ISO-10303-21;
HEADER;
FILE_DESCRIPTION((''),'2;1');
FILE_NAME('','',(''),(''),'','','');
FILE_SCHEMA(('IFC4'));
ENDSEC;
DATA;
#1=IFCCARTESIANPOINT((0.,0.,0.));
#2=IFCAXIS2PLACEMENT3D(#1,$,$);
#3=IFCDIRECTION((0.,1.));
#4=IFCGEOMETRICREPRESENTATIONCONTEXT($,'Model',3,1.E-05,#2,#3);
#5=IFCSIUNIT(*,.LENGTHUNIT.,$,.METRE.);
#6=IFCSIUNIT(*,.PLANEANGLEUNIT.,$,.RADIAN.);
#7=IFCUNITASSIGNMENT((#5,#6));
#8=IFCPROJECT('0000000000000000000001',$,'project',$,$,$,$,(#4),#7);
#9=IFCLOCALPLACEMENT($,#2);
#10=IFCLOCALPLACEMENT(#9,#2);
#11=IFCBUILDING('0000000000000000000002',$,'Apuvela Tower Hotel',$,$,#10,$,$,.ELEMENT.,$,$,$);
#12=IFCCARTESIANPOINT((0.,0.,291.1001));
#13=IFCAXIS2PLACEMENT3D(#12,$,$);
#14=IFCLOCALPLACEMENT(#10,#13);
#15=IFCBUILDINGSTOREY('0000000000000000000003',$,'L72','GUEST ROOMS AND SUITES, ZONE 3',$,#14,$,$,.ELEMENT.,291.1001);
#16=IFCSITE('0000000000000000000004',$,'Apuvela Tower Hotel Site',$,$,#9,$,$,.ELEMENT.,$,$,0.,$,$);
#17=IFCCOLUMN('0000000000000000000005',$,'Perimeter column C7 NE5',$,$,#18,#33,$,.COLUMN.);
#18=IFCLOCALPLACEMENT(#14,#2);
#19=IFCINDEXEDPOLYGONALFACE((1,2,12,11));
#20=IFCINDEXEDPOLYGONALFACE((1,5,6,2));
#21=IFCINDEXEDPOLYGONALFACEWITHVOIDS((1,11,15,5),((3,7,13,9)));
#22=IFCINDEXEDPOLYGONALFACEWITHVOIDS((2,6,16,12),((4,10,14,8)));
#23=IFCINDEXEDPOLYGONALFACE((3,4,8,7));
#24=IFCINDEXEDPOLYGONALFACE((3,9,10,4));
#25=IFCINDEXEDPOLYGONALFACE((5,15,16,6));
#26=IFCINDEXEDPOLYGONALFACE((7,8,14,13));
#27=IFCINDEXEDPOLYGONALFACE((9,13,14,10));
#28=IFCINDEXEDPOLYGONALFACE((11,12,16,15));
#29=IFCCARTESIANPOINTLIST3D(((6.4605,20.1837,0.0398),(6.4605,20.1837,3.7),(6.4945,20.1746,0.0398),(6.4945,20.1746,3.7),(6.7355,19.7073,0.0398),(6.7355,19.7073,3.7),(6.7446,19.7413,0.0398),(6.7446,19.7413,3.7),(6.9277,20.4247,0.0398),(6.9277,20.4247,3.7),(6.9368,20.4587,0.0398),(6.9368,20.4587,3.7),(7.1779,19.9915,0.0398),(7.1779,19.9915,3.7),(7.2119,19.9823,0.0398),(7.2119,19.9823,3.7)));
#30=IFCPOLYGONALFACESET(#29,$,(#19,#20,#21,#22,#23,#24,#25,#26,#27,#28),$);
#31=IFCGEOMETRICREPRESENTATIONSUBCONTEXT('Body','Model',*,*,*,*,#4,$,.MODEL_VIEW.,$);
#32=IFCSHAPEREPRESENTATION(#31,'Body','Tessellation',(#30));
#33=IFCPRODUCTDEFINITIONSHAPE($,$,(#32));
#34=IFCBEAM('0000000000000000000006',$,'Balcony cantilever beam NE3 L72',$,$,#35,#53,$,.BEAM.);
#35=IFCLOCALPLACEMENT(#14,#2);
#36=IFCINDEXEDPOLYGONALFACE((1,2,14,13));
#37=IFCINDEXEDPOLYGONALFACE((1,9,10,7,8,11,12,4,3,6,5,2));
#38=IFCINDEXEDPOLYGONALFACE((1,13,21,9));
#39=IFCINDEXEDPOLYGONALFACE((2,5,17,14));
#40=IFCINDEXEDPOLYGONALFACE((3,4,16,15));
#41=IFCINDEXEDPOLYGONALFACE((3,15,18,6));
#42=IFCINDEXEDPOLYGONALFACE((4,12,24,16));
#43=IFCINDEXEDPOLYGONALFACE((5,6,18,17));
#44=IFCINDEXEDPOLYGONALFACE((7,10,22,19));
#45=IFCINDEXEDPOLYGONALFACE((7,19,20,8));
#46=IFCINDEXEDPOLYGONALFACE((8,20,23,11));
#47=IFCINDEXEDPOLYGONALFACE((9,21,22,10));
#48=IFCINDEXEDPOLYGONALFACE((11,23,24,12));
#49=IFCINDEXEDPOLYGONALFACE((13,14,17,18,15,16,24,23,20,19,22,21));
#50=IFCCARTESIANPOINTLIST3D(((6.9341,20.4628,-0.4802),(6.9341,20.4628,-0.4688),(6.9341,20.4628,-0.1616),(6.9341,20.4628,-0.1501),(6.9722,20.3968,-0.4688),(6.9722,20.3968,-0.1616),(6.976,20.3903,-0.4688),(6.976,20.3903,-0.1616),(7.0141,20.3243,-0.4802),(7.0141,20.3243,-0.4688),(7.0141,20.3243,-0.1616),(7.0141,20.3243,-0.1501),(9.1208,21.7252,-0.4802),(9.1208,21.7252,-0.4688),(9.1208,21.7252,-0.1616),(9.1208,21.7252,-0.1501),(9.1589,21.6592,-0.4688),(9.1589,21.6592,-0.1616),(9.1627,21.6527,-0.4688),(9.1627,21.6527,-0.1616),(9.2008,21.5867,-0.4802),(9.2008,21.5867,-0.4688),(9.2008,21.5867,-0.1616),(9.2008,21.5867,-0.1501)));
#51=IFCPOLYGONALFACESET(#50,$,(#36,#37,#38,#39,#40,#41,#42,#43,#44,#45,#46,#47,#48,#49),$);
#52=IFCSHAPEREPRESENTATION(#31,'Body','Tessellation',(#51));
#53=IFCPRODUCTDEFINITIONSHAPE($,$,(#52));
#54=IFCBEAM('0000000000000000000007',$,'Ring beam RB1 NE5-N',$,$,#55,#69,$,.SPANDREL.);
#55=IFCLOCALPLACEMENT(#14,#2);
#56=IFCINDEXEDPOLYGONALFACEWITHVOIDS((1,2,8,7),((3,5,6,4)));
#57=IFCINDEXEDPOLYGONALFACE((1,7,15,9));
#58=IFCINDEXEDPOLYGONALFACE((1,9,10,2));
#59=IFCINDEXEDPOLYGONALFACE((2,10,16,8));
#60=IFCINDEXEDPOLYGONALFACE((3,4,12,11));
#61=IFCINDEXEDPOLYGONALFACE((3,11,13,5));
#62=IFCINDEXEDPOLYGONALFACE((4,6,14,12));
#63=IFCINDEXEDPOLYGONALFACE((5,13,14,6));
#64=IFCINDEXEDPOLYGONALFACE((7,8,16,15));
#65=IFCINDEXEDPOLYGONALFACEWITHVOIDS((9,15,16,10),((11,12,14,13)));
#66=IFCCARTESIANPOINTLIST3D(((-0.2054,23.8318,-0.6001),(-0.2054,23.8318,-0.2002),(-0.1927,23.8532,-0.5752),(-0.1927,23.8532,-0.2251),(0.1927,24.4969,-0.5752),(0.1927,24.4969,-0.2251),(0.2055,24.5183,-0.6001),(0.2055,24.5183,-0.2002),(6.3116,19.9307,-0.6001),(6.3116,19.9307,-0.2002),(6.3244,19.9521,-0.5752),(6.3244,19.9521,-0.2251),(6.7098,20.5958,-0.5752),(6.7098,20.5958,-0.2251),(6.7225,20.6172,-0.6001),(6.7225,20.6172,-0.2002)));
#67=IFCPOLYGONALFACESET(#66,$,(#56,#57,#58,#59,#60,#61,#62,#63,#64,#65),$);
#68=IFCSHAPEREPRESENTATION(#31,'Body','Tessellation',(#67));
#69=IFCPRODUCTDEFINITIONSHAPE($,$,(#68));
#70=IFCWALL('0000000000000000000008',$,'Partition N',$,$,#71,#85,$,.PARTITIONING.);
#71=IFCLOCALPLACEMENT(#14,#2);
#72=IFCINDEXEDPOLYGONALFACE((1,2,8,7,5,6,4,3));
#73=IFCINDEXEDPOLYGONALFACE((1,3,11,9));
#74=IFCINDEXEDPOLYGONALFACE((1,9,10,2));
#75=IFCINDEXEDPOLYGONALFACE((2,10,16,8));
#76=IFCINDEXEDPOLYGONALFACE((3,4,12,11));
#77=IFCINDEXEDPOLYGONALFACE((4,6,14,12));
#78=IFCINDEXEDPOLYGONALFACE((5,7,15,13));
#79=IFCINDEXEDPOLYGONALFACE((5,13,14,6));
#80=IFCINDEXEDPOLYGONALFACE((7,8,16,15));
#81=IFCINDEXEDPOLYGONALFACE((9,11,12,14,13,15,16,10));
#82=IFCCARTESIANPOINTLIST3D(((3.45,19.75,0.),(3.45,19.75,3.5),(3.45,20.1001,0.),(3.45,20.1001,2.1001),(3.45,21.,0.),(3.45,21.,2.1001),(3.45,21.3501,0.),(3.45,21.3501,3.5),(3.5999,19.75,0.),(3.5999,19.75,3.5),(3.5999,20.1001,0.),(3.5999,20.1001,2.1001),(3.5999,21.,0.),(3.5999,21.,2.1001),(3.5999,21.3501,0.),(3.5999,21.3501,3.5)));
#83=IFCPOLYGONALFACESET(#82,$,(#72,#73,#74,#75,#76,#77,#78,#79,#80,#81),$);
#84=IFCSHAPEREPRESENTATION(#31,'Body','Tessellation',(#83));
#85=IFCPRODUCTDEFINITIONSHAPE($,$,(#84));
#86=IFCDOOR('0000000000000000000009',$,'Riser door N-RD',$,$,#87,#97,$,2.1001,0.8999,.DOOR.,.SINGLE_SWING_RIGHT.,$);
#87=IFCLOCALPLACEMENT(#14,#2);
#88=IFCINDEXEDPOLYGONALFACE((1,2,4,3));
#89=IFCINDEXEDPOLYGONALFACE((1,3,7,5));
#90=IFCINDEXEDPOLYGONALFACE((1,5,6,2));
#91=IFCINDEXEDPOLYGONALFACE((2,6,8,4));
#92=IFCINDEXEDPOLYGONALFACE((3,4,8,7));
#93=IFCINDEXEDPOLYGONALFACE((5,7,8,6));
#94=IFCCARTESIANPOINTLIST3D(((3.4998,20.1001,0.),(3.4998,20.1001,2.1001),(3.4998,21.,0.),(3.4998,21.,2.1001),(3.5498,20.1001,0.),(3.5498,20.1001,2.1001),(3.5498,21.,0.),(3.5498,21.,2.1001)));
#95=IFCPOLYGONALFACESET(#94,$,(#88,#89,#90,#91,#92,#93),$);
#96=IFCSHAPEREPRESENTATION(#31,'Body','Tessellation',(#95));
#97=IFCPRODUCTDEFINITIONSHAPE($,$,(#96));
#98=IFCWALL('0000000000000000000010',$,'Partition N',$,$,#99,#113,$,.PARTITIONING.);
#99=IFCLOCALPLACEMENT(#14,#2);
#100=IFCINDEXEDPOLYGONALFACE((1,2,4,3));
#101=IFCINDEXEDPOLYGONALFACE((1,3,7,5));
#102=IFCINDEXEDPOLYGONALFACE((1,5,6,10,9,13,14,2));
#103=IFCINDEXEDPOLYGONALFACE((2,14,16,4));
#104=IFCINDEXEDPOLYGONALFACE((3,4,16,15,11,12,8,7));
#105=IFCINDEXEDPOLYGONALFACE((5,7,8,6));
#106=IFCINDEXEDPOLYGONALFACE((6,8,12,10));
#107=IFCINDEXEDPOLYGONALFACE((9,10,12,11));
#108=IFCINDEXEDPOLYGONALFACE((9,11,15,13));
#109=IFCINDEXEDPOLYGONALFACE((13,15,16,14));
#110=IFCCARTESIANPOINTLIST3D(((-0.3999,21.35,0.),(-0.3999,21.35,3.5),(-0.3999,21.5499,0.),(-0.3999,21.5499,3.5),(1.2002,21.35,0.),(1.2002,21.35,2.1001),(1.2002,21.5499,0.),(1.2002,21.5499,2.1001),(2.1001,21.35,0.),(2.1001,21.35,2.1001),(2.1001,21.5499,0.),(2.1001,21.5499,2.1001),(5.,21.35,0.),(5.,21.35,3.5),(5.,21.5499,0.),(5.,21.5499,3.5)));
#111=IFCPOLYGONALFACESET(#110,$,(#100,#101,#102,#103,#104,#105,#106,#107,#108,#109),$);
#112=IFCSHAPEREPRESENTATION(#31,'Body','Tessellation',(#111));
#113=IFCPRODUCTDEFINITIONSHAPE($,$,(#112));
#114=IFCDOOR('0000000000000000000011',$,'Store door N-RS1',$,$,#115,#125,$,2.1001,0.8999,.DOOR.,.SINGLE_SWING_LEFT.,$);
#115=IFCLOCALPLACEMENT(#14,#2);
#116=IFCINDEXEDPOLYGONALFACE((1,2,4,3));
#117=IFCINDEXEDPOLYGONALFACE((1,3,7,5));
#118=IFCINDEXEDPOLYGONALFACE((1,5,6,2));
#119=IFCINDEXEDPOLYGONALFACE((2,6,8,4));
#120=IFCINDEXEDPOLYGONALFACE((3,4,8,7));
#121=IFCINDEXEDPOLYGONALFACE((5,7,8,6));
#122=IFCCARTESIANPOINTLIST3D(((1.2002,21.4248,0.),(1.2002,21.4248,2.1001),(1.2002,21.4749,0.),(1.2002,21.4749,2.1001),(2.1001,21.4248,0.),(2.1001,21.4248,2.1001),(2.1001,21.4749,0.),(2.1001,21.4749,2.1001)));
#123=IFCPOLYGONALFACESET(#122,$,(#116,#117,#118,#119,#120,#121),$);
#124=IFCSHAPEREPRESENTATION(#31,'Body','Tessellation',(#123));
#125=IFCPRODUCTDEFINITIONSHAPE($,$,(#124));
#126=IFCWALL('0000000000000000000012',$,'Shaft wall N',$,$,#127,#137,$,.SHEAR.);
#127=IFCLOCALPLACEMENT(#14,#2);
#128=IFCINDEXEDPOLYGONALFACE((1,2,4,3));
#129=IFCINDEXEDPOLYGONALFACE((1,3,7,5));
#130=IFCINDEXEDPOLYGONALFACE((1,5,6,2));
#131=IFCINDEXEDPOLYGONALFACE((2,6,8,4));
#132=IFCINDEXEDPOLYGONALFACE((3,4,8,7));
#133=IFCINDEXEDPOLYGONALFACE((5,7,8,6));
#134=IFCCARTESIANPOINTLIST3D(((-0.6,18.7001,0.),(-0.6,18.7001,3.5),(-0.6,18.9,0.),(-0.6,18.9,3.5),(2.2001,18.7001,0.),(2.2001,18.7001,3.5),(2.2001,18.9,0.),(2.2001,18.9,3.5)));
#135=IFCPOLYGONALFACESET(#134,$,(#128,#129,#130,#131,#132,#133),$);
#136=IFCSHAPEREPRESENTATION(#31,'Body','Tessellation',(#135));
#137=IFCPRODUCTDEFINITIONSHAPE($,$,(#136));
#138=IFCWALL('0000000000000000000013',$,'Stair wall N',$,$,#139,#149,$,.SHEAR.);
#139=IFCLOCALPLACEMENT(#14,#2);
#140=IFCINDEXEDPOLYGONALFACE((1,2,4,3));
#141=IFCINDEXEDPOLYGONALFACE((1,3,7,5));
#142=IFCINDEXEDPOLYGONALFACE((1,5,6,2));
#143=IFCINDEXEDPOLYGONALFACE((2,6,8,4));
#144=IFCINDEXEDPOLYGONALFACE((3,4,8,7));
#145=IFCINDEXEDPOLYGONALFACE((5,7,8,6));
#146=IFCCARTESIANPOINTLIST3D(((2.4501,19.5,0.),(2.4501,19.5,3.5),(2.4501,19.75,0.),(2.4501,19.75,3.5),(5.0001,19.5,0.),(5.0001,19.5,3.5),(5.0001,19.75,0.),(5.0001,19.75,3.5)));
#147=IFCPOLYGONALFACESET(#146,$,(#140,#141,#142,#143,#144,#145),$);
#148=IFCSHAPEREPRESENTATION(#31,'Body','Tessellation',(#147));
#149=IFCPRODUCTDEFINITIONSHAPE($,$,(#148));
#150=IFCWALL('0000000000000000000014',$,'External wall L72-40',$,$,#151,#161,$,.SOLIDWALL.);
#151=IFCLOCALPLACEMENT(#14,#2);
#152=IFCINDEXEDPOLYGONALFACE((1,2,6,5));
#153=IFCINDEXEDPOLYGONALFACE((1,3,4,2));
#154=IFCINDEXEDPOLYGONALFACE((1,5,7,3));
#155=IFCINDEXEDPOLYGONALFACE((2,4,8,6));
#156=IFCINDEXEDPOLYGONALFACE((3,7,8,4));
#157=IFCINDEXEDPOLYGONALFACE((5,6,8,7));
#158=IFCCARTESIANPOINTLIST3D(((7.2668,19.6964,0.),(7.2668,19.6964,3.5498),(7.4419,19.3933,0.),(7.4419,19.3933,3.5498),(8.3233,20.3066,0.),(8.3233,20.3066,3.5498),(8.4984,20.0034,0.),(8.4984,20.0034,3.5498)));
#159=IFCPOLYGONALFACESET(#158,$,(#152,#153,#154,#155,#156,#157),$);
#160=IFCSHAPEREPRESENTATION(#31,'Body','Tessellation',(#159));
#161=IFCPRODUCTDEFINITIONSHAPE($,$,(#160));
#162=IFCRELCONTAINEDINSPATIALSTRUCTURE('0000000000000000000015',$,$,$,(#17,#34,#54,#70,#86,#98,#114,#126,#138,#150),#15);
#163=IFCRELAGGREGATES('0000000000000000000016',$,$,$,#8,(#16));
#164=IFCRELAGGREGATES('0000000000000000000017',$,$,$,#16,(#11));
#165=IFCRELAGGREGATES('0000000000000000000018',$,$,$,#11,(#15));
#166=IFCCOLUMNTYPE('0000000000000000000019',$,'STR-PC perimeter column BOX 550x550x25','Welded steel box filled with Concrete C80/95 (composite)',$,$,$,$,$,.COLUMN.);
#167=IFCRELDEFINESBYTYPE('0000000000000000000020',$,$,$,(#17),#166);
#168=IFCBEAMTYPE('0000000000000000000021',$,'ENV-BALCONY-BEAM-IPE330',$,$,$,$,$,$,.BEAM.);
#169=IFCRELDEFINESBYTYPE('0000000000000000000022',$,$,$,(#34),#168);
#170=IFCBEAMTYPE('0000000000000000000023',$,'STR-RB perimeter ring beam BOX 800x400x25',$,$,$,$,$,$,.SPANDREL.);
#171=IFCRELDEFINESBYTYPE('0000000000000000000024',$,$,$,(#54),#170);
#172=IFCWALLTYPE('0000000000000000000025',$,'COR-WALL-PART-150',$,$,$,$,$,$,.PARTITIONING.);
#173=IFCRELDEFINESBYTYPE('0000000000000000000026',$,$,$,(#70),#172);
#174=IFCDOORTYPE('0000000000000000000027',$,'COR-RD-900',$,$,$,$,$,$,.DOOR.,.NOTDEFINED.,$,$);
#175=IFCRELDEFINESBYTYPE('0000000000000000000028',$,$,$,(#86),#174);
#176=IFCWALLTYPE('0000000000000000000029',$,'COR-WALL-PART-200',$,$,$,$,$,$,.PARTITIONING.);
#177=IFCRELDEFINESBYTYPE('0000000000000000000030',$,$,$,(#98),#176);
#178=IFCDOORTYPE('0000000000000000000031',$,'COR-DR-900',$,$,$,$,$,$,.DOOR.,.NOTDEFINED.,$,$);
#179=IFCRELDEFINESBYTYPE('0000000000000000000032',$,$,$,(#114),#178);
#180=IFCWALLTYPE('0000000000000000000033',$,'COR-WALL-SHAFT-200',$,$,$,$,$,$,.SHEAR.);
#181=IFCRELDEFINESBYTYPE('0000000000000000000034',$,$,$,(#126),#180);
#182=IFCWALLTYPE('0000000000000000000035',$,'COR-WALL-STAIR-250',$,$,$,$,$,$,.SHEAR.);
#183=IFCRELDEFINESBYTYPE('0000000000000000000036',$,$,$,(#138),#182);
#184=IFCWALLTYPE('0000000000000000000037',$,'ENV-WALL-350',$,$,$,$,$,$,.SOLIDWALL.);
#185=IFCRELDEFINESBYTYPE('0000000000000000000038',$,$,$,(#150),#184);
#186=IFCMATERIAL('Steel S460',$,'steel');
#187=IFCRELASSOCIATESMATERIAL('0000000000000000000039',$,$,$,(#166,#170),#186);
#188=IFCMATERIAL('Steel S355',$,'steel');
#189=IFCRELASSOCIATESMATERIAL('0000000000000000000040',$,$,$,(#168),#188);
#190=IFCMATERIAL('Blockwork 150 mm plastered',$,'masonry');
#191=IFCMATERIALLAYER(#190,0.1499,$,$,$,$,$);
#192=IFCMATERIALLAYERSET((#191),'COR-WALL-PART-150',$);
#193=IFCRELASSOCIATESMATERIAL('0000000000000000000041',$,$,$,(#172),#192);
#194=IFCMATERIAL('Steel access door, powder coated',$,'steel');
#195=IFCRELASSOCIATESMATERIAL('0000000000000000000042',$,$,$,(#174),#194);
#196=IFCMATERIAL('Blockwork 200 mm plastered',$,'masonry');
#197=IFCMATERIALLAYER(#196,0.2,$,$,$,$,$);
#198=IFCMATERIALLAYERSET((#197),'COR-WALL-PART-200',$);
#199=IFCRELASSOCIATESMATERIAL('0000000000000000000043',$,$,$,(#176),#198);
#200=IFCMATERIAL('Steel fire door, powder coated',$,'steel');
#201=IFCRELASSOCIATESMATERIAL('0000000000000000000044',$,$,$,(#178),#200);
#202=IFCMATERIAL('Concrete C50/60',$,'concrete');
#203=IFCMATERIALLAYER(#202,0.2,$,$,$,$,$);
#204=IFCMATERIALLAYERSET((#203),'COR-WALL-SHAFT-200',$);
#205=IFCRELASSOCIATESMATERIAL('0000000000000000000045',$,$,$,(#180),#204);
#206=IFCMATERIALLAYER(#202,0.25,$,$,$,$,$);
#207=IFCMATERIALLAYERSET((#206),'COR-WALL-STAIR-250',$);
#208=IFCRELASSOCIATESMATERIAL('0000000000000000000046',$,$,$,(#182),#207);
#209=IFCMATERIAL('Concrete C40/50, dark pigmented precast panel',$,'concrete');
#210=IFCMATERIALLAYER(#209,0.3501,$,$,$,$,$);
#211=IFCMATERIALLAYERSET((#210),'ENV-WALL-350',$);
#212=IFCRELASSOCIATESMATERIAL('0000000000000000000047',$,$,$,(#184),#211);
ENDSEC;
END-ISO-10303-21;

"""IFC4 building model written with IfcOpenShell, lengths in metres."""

from ifc_helpers import new_model, si_unit, direction, frame, frame_2d, origin, origin_2d, place, context, subcontext, project, spatial, rectangle, hollow_rectangle, i_section, extrude, boolean, halfspace, material, layer, layer_set, material_profile, profile_set, type_object, element, fill, save


model = new_model("IFC4")

# Units and contexts
model_context = context("Model", 3, precision=1e-05, world=origin(), true_north=direction((0.0, 1.0)))
body_context = subcontext(model_context, "Body", "Model", "MODEL_VIEW")
ifc_project = project(units=[si_unit("LENGTHUNIT", "METRE"), si_unit("PLANEANGLEUNIT", "RADIAN")], contexts=[model_context])

# Site, building, storey
site_placement = place(None, origin())
site = spatial("IfcSite", under=ifc_project, at=site_placement, Name="Apuvela Tower Hotel Site", CompositionType="ELEMENT", RefElevation=0.0)
building_placement = place(site_placement, origin())
building = spatial("IfcBuilding", under=site, at=building_placement, Name="Apuvela Tower Hotel", CompositionType="ELEMENT")
storey_placement = place(building_placement, frame((0.0, 0.0, 291.1001)))
storey = spatial("IfcBuildingStorey", under=building, at=storey_placement, Name="L72", Description="GUEST ROOMS AND SUITES, ZONE 3", CompositionType="ELEMENT", Elevation=291.1001)

# Column
ifc_material_1 = material(Name="Steel S460", Category="steel")
ifc_material_profile_1 = material_profile(ifc_material_1, hollow_rectangle(XDim=0.55, YDim=0.55, WallThickness=0.0249, at=origin_2d()), Name="BOX 550x550x25")
ifc_material_2 = material(Name="Concrete C80/95", Category="concrete")
ifc_material_profile_2 = material_profile(ifc_material_2, rectangle(XDim=0.5, YDim=0.5, at=origin_2d()), Name="Concrete C80/95 infill")
ifc_profile_set_1 = profile_set([ifc_material_profile_1, ifc_material_profile_2], Name="Steel S460")
column_type = type_object("IfcColumnType", Name="STR-PC perimeter column BOX 550x550x25", Description="Welded steel box filled with Concrete C80/95 (composite)", PredefinedType="COLUMN", material=ifc_profile_set_1)
column_placement = place(storey_placement, frame((6.8362, 20.083, 0.0), z_axis=(0.0, 0.0, 1.0), x_axis=(-0.5, 0.866025, 0.0)))
element("IfcColumn", 1, at=column_placement, inside=storey, type_object=column_type, Name="Perimeter column C7 NE5", PredefinedType="COLUMN", context=body_context, shape_type="SweptSolid", body=[
    boolean("DIFFERENCE", extrude(hollow_rectangle(XDim=0.55, YDim=0.55, WallThickness=0.0249, at=origin_2d()), origin(), (0.0, 0.0, 1.0), 3.7), halfspace(frame((0.0, 0.0, 0.0398), z_axis=(0.0, 0.0, 1.0), x_axis=(1.0, 0.0, 0.0)), True)),
])

# Beams
ifc_material_3 = material(Name="Steel S355", Category="steel")
ifc_material_profile_3 = material_profile(ifc_material_3, i_section(OverallWidth=0.1599, OverallDepth=0.3301, WebThickness=0.0076, FlangeThickness=0.0115, at=origin_2d()), Name="IPE 330")
ifc_profile_set_2 = profile_set([ifc_material_profile_3], Name="Steel S355")
beam_type_1 = type_object("IfcBeamType", Name="ENV-BALCONY-BEAM-IPE330", PredefinedType="BEAM", material=ifc_profile_set_2)
beam_1_placement = place(storey_placement, frame((6.9741, 20.3936, -0.3152), z_axis=(0.866039, 0.499976, 0.0), x_axis=(-0.499976, 0.866039, 0.0)))
element("IfcBeam", 2, at=beam_1_placement, inside=storey, type_object=beam_type_1, Name="Balcony cantilever beam NE3 L72", PredefinedType="BEAM", context=body_context, shape_type="SweptSolid", body=[
    extrude(i_section(OverallWidth=0.1599, OverallDepth=0.3301, WebThickness=0.0076, FlangeThickness=0.0115, at=origin_2d()), origin(), (0.0, 0.0, 1.0), 2.5249),
])
ifc_material_profile_4 = material_profile(ifc_material_1, hollow_rectangle(XDim=0.8, YDim=0.3999, WallThickness=0.0249, at=origin_2d()), Name="BOX 800x400x25")
ifc_profile_set_3 = profile_set([ifc_material_profile_4], Name="Steel S460")
beam_type_2 = type_object("IfcBeamType", Name="STR-RB perimeter ring beam BOX 800x400x25", PredefinedType="SPANDREL", material=ifc_profile_set_3)
beam_2_placement = place(storey_placement, frame((6.5171, 20.2739, -0.4001), z_axis=(-0.858023, 0.513612, 0.0), x_axis=(-0.513612, -0.858023, 0.0)))
element("IfcBeam", 3, at=beam_2_placement, inside=storey, type_object=beam_type_2, Name="Ring beam RB1 NE5-N", PredefinedType="SPANDREL", context=body_context, shape_type="SweptSolid", body=[
    extrude(hollow_rectangle(XDim=0.8, YDim=0.3999, WallThickness=0.0249, at=origin_2d()), origin(), (0.0, 0.0, 1.0), 7.5955),
])

# Walls, openings, doors
ifc_material_4 = material(Name="Blockwork 150 mm plastered", Category="masonry")
ifc_layer_1 = layer(ifc_material_4, 0.1499)
ifc_layer_set_1 = layer_set([ifc_layer_1], Name="COR-WALL-PART-150")
wall_type_1 = type_object("IfcWallType", Name="COR-WALL-PART-150", PredefinedType="PARTITIONING", material=ifc_layer_set_1)
wall_1_placement = place(storey_placement, frame((3.5249, 19.75, 0.0), z_axis=(0.0, 0.0, 1.0), x_axis=(0.0, 1.0, 0.0)))
wall_1 = element("IfcWall", 4, at=wall_1_placement, inside=storey, type_object=wall_type_1, Name="Partition N", PredefinedType="PARTITIONING", context=body_context, shape_type="SweptSolid", body=[
    extrude(rectangle(XDim=1.6001, YDim=0.1499, at=frame_2d((0.8, 0.0))), origin(), (0.0, 0.0, 1.0), 3.5),
])
opening_1_placement = place(wall_1_placement, frame((0.3501, 0.0, 0.0)))
opening_1 = element("IfcOpeningElement", 5, at=opening_1_placement, cuts=wall_1, PredefinedType="OPENING", context=body_context, shape_type="SweptSolid", body=[
    extrude(rectangle(XDim=0.8999, YDim=2.1001, at=frame_2d((0.45, 1.05))), frame((0.0, 0.085, 0.0), z_axis=(0.0, -1.0, 0.0), x_axis=(1.0, 0.0, 0.0)), (0.0, 0.0, 1.0), 0.1699),
])
ifc_material_5 = material(Name="Steel access door, powder coated", Category="steel")
door_type_1 = type_object("IfcDoorType", Name="COR-RD-900", OperationType="NOTDEFINED", PredefinedType="DOOR", material=ifc_material_5)
door_1_placement = place(opening_1_placement, frame((0.8999, 0.0, 0.0), z_axis=(0.0, 0.0, 1.0), x_axis=(-1.0, 0.0, 0.0)))
door_1 = element("IfcDoor", 6, at=door_1_placement, inside=storey, type_object=door_type_1, Name="Riser door N-RD", OperationType="SINGLE_SWING_RIGHT", OverallHeight=2.1001, OverallWidth=0.8999, PredefinedType="DOOR", context=body_context, shape_type="SweptSolid", body=[
    extrude(rectangle(XDim=0.8999, YDim=2.1001, at=frame_2d((0.45, 1.05))), frame((0.0, 0.0249, 0.0), z_axis=(0.0, -1.0, 0.0), x_axis=(1.0, 0.0, 0.0)), (0.0, 0.0, 1.0), 0.05),
])
fill(opening_1, door_1)
ifc_material_6 = material(Name="Blockwork 200 mm plastered", Category="masonry")
ifc_layer_2 = layer(ifc_material_6, 0.2)
ifc_layer_set_2 = layer_set([ifc_layer_2], Name="COR-WALL-PART-200")
wall_type_2 = type_object("IfcWallType", Name="COR-WALL-PART-200", PredefinedType="PARTITIONING", material=ifc_layer_set_2)
wall_2_placement = place(storey_placement, frame((5.0, 21.45, 0.0), z_axis=(0.0, 0.0, 1.0), x_axis=(-1.0, 0.0, 0.0)))
wall_2 = element("IfcWall", 7, at=wall_2_placement, inside=storey, type_object=wall_type_2, Name="Partition N", PredefinedType="PARTITIONING", context=body_context, shape_type="SweptSolid", body=[
    extrude(rectangle(XDim=5.3999, YDim=0.2, at=frame_2d((2.7, 0.0))), origin(), (0.0, 0.0, 1.0), 3.5),
])
opening_2_placement = place(wall_2_placement, frame((2.8999, 0.0, 0.0)))
opening_2 = element("IfcOpeningElement", 8, at=opening_2_placement, cuts=wall_2, PredefinedType="OPENING", context=body_context, shape_type="SweptSolid", body=[
    extrude(rectangle(XDim=0.8999, YDim=2.1001, at=frame_2d((0.45, 1.05))), frame((0.0, 0.1099, 0.0), z_axis=(0.0, -1.0, 0.0), x_axis=(1.0, 0.0, 0.0)), (0.0, 0.0, 1.0), 0.22),
])
ifc_material_7 = material(Name="Steel fire door, powder coated", Category="steel")
door_type_2 = type_object("IfcDoorType", Name="COR-DR-900", OperationType="NOTDEFINED", PredefinedType="DOOR", material=ifc_material_7)
door_2_placement = place(opening_2_placement, frame((0.8999, 0.0, 0.0), z_axis=(0.0, 0.0, 1.0), x_axis=(-1.0, 0.0, 0.0)))
door_2 = element("IfcDoor", 9, at=door_2_placement, inside=storey, type_object=door_type_2, Name="Store door N-RS1", OperationType="SINGLE_SWING_LEFT", OverallHeight=2.1001, OverallWidth=0.8999, PredefinedType="DOOR", context=body_context, shape_type="SweptSolid", body=[
    extrude(rectangle(XDim=0.8999, YDim=2.1001, at=frame_2d((0.45, 1.05))), frame((0.0, 0.0249, 0.0), z_axis=(0.0, -1.0, 0.0), x_axis=(1.0, 0.0, 0.0)), (0.0, 0.0, 1.0), 0.05),
])
fill(opening_2, door_2)

# Walls
ifc_material_8 = material(Name="Concrete C50/60", Category="concrete")
ifc_layer_3 = layer(ifc_material_8, 0.2)
ifc_layer_set_3 = layer_set([ifc_layer_3], Name="COR-WALL-SHAFT-200")
wall_type_3 = type_object("IfcWallType", Name="COR-WALL-SHAFT-200", PredefinedType="SHEAR", material=ifc_layer_set_3)
wall_3_placement = place(storey_placement, frame((2.2, 18.8, 0.0), z_axis=(0.0, 0.0, 1.0), x_axis=(-1.0, 0.0, 0.0)))
element("IfcWall", 10, at=wall_3_placement, inside=storey, type_object=wall_type_3, Name="Shaft wall N", PredefinedType="SHEAR", context=body_context, shape_type="SweptSolid", body=[
    extrude(rectangle(XDim=2.8, YDim=0.2, at=frame_2d((1.3999, 0.0))), origin(), (0.0, 0.0, 1.0), 3.5),
])
ifc_layer_4 = layer(ifc_material_8, 0.25)
ifc_layer_set_4 = layer_set([ifc_layer_4], Name="COR-WALL-STAIR-250")
wall_type_4 = type_object("IfcWallType", Name="COR-WALL-STAIR-250", PredefinedType="SHEAR", material=ifc_layer_set_4)
wall_4_placement = place(storey_placement, frame((5.0, 19.625, 0.0), z_axis=(0.0, 0.0, 1.0), x_axis=(-1.0, 0.0, 0.0)))
element("IfcWall", 11, at=wall_4_placement, inside=storey, type_object=wall_type_4, Name="Stair wall N", PredefinedType="SHEAR", context=body_context, shape_type="SweptSolid", body=[
    extrude(rectangle(XDim=2.55, YDim=0.25, at=frame_2d((1.2749, 0.0))), origin(), (0.0, 0.0, 1.0), 3.5),
])
ifc_material_9 = material(Name="Concrete C40/50, dark pigmented precast panel", Category="concrete")
ifc_layer_5 = layer(ifc_material_9, 0.3501)
ifc_layer_set_5 = layer_set([ifc_layer_5], Name="ENV-WALL-350")
wall_type_5 = type_object("IfcWallType", Name="ENV-WALL-350", PredefinedType="SOLIDWALL", material=ifc_layer_set_5)
wall_5_placement = place(storey_placement, frame((7.3545, 19.5449, 0.0), z_axis=(0.0, 0.0, 1.0), x_axis=(0.865956, 0.500121, 0.0)))
element("IfcWall", 12, at=wall_5_placement, inside=storey, type_object=wall_type_5, Name="External wall L72-40", PredefinedType="SOLIDWALL", context=body_context, shape_type="SweptSolid", body=[
    extrude(rectangle(XDim=1.22, YDim=0.3501, at=frame_2d((0.6099, 0.0))), origin(), (0.0, 0.0, 1.0), 3.5498),
])

save(model, "model.ifc")
